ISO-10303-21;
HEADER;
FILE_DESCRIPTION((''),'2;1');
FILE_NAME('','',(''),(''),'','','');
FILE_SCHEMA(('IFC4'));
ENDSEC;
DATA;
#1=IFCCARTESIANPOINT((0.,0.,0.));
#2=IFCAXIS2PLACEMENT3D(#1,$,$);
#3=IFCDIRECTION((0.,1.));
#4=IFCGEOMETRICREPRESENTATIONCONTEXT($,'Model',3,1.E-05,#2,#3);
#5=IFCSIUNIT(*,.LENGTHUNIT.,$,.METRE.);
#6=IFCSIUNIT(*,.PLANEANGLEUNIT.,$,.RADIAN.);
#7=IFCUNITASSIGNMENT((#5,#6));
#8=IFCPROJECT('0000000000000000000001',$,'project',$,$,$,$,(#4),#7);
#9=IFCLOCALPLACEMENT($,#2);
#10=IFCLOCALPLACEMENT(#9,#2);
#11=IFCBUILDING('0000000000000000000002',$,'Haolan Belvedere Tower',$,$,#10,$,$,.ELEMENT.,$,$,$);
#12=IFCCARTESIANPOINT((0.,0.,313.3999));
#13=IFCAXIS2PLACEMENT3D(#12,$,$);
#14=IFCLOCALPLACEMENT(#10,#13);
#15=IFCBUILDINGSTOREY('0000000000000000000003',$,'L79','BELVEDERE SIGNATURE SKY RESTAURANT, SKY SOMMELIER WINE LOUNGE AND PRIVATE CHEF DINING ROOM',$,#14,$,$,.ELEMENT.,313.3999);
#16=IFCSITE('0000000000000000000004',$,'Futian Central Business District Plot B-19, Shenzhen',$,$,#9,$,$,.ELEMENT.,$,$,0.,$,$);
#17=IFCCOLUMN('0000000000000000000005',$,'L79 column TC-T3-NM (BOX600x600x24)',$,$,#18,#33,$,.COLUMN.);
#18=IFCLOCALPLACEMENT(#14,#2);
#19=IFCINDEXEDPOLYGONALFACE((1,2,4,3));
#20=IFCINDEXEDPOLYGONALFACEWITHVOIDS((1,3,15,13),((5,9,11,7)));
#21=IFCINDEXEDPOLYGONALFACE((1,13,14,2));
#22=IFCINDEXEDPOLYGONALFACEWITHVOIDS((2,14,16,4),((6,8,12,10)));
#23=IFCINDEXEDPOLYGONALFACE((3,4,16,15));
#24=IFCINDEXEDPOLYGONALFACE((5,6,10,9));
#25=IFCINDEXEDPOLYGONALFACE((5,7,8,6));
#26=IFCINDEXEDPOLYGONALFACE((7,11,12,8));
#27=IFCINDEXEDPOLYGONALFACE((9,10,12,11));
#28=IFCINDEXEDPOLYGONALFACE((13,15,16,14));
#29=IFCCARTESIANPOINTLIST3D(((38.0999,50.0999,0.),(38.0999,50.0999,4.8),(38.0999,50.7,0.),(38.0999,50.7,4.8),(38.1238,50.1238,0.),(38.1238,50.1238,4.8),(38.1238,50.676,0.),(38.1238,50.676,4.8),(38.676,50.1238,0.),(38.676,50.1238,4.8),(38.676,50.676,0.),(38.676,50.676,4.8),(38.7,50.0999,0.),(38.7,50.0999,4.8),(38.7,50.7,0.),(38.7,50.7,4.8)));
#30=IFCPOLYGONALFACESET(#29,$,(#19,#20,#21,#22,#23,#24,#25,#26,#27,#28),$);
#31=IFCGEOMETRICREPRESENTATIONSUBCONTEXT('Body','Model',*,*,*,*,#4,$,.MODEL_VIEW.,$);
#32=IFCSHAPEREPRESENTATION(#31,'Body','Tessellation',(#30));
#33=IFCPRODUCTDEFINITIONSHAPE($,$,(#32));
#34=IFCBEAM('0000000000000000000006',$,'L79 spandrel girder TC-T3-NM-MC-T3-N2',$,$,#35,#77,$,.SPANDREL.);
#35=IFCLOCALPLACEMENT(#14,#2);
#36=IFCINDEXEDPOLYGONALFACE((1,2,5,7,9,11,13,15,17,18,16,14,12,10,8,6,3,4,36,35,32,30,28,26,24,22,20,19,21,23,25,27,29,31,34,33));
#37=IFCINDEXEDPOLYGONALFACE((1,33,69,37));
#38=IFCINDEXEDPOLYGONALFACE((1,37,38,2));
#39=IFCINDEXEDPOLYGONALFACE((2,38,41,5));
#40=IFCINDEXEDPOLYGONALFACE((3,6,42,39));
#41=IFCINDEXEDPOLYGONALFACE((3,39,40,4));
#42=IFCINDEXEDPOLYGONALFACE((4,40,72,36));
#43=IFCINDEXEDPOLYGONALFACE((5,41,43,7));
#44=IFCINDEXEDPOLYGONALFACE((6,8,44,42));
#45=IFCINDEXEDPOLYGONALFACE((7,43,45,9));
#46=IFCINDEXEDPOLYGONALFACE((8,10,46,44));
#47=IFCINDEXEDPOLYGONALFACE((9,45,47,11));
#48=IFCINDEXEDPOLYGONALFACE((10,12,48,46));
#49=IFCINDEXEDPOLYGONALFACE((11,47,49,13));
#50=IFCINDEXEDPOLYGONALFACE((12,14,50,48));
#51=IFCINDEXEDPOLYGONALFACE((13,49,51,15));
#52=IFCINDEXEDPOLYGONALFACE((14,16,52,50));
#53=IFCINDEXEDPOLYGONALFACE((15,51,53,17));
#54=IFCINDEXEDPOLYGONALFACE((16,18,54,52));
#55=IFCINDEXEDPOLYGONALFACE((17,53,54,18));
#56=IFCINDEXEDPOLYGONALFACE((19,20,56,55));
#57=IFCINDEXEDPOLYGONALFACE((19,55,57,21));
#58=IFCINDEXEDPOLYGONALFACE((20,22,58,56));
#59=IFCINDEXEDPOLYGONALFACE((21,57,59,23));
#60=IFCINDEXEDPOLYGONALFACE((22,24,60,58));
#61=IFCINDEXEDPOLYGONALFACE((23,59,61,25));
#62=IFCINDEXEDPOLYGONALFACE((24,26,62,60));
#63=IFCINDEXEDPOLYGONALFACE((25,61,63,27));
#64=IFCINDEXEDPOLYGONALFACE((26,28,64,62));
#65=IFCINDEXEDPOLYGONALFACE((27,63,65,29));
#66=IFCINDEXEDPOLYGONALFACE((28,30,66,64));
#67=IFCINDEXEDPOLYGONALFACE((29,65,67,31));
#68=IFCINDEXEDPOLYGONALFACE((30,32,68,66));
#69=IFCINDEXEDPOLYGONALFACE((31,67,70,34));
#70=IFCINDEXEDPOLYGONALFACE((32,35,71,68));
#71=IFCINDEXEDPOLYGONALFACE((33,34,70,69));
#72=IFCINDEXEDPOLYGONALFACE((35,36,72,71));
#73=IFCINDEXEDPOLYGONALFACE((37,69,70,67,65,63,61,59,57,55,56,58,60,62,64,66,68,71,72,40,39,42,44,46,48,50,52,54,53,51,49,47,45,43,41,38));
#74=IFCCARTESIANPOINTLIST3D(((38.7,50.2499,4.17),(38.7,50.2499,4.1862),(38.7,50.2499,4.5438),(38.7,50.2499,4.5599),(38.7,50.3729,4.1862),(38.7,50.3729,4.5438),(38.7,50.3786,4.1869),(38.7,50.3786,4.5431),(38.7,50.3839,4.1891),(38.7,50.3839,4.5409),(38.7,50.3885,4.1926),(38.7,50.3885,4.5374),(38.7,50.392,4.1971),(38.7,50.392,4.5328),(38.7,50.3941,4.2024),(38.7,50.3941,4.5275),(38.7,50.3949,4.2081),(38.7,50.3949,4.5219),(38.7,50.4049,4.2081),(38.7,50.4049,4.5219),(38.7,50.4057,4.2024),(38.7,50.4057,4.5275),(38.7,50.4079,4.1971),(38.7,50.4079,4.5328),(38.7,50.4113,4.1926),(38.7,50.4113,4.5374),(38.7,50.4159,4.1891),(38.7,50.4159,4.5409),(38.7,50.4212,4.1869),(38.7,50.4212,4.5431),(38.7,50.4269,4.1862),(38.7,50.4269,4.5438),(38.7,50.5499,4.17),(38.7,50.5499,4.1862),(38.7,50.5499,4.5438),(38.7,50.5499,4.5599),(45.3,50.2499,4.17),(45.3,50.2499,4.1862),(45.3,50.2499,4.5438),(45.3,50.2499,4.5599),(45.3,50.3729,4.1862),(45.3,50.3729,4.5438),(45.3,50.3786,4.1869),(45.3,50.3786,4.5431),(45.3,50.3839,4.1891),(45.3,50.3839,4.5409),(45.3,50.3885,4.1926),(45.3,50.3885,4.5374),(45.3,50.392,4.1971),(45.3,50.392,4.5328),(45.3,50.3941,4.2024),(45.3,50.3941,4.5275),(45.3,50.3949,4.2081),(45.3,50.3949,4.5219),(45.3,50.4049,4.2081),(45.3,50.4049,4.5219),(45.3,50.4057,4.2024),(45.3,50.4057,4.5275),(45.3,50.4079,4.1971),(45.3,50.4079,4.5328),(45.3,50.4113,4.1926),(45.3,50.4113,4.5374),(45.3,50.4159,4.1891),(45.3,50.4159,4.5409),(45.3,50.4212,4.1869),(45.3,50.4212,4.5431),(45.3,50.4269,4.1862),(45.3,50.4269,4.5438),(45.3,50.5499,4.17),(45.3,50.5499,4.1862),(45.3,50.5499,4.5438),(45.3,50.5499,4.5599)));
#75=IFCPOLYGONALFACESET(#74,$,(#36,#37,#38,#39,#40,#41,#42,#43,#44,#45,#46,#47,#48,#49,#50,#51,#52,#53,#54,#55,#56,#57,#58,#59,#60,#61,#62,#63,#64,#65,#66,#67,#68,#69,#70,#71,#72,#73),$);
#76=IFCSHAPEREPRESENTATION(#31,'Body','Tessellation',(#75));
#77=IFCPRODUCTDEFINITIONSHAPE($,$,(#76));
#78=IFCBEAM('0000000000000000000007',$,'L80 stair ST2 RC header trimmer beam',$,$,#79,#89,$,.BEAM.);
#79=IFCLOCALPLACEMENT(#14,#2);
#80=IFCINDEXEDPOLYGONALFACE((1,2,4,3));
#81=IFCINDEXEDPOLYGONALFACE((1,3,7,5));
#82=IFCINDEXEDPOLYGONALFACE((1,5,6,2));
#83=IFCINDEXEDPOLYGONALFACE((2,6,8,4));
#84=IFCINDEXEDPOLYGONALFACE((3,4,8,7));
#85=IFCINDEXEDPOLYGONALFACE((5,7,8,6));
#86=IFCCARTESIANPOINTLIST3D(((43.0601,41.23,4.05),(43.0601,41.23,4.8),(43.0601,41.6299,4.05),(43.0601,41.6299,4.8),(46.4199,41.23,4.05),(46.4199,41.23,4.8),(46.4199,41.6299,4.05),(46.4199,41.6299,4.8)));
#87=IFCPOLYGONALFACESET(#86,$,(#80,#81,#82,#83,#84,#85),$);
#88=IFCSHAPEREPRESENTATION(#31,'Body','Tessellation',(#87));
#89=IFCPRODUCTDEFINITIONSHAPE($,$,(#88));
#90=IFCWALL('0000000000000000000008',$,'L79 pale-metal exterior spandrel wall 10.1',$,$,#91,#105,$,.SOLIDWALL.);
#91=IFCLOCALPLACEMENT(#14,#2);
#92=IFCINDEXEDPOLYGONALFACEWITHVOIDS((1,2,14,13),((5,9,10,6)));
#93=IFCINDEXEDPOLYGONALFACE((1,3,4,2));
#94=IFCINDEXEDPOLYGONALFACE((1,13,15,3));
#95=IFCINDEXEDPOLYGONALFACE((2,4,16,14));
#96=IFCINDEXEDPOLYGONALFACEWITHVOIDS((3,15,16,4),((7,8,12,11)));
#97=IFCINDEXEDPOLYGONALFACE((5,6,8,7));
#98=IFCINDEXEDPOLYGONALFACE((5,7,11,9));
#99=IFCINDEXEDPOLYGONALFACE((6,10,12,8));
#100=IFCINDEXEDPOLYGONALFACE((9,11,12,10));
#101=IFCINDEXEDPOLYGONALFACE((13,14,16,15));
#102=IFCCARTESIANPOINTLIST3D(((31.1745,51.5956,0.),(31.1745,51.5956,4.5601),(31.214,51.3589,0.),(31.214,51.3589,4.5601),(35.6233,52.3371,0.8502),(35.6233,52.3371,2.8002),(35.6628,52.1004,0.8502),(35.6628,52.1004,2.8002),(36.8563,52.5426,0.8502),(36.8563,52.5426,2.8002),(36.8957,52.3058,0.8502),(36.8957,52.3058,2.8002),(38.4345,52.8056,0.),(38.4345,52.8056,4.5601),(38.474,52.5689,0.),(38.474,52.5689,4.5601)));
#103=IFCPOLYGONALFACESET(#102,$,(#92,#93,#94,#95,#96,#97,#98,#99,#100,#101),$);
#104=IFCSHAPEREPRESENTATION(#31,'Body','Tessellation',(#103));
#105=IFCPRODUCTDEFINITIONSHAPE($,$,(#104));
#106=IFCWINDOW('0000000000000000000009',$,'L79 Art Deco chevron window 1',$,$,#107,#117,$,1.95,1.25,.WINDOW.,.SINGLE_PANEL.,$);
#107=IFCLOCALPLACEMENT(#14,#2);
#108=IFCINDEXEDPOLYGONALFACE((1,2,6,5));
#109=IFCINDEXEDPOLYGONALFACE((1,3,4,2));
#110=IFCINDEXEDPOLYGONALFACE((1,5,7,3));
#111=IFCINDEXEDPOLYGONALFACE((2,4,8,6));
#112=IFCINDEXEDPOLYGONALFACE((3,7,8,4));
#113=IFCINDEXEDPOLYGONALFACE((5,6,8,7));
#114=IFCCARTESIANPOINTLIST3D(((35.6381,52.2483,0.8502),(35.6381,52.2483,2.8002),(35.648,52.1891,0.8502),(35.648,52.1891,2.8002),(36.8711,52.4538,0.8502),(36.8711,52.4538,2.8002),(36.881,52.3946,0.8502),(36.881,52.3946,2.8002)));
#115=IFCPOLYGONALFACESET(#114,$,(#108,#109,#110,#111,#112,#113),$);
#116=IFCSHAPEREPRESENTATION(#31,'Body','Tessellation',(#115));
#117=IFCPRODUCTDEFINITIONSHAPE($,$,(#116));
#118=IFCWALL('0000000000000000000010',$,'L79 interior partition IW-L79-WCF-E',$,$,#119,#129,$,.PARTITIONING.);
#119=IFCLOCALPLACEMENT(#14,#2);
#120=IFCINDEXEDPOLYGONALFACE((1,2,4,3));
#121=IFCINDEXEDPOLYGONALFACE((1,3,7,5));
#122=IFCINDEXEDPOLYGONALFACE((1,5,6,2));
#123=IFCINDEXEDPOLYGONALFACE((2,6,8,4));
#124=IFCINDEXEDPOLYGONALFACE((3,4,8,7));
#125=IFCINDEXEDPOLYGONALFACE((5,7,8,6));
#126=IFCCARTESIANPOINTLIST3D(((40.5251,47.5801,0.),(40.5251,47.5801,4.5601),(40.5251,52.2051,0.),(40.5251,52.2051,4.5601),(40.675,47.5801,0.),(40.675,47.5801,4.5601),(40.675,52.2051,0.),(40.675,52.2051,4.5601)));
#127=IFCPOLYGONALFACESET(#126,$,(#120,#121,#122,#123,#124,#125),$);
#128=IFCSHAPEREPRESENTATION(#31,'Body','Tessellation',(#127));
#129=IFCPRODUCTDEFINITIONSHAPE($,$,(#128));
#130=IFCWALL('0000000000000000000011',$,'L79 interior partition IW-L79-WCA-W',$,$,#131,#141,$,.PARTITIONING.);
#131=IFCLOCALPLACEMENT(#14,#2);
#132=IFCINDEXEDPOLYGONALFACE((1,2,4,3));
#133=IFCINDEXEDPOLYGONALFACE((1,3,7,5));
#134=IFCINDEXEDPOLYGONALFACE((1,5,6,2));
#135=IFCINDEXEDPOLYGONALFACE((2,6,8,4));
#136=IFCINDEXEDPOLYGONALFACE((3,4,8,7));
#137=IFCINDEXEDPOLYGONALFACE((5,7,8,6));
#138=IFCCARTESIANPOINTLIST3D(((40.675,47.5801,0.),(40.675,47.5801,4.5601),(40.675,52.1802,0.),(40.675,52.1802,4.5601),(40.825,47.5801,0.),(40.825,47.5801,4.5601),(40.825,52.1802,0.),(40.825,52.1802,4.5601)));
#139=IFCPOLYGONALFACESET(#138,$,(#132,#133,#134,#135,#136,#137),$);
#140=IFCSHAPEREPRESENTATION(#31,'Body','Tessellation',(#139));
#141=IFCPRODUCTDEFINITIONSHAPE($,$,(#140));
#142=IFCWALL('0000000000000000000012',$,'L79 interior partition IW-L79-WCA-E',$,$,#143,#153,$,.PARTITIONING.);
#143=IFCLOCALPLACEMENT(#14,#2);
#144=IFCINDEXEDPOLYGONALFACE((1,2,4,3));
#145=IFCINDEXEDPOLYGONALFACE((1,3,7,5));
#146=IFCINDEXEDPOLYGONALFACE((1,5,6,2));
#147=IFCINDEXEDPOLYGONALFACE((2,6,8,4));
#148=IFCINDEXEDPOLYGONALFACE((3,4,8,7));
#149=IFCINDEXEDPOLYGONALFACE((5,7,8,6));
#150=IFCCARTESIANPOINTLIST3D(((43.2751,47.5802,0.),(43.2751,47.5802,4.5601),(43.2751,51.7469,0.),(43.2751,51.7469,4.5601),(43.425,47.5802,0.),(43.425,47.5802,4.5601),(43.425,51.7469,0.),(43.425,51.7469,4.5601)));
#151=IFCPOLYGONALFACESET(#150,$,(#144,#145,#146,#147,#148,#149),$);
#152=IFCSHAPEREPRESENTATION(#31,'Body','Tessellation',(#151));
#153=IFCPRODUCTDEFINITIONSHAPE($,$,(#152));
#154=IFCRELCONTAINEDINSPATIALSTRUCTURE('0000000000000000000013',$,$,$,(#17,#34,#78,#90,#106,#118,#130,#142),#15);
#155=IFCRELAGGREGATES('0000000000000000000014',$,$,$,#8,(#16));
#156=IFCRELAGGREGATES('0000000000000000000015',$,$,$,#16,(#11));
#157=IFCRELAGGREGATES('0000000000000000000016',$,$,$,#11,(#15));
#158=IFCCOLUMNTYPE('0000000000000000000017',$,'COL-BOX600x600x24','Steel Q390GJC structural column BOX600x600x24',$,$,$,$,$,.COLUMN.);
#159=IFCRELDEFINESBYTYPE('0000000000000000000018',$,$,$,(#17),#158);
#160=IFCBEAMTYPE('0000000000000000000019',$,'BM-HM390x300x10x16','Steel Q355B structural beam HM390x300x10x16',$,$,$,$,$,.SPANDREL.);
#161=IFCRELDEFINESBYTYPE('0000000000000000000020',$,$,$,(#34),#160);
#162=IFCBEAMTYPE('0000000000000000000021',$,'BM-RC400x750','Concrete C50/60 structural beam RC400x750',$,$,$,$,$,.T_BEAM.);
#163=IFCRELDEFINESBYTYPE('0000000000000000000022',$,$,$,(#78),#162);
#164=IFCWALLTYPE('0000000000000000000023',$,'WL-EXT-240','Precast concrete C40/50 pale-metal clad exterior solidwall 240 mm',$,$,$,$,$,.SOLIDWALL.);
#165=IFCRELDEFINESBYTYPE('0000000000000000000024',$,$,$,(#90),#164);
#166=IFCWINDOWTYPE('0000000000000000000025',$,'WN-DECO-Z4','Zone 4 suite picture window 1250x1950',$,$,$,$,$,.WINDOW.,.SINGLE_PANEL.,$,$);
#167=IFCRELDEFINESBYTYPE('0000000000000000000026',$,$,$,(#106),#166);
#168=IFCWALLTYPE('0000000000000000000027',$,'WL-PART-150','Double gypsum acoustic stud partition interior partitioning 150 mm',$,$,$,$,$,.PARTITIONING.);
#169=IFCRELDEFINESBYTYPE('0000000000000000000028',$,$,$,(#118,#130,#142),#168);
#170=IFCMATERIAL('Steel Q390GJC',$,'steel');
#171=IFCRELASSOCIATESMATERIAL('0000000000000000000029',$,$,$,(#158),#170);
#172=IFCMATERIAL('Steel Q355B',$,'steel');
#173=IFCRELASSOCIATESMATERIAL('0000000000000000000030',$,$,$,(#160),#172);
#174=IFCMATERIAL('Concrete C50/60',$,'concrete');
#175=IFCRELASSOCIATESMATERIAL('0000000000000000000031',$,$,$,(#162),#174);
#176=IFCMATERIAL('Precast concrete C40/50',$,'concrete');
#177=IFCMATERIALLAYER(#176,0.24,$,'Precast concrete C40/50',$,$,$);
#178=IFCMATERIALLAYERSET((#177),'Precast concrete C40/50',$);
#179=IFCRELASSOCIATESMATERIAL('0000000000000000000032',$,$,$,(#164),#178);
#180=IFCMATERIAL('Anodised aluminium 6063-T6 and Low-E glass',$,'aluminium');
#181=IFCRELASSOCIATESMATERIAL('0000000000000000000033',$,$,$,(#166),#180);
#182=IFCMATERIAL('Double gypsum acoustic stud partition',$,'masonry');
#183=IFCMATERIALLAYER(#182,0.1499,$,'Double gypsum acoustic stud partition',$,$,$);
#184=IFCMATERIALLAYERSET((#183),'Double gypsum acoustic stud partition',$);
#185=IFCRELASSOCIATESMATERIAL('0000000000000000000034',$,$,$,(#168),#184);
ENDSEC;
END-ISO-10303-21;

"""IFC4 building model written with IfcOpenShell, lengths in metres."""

from ifc_helpers import new_model, si_unit, direction, frame, frame_2d, origin, origin_2d, place, context, subcontext, project, spatial, rectangle, hollow_rectangle, i_section, extrude, material, layer, layer_set, material_profile, profile_set, type_object, element, fill, save


model = new_model("IFC4")

# Units and contexts
model_context = context("Model", 3, precision=1e-05, world=origin(), true_north=direction((0.0, 1.0)))
body_context = subcontext(model_context, "Body", "Model", "MODEL_VIEW")
ifc_project = project(units=[si_unit("LENGTHUNIT", "METRE"), si_unit("PLANEANGLEUNIT", "RADIAN")], contexts=[model_context])

# Site, building, storey
site_placement = place(None, origin())
site = spatial("IfcSite", under=ifc_project, at=site_placement, Name="Futian Central Business District Plot B-19, Shenzhen", CompositionType="ELEMENT", RefElevation=0.0)
building_placement = place(site_placement, origin())
building = spatial("IfcBuilding", under=site, at=building_placement, Name="Haolan Belvedere Tower", CompositionType="ELEMENT")
storey_placement = place(building_placement, frame((0.0, 0.0, 313.3999)))
storey = spatial("IfcBuildingStorey", under=building, at=storey_placement, Name="L79", Description="BELVEDERE SIGNATURE SKY RESTAURANT, SKY SOMMELIER WINE LOUNGE AND PRIVATE CHEF DINING ROOM", CompositionType="ELEMENT", Elevation=313.3999)

# Column
ifc_material_1 = material(Name="Steel Q390GJC", Category="steel")
ifc_material_profile_1 = material_profile(ifc_material_1, hollow_rectangle(XDim=0.6001, YDim=0.6001, WallThickness=0.0239, at=origin_2d()), Name="Steel Q390GJC")
ifc_profile_set_1 = profile_set([ifc_material_profile_1], Name="Steel Q390GJC")
column_type = type_object("IfcColumnType", Name="COL-BOX600x600x24", Description="Steel Q390GJC structural column BOX600x600x24", PredefinedType="COLUMN", material=ifc_profile_set_1)
column_placement = place(storey_placement, frame((38.3999, 50.3999, 0.0), z_axis=(0.0, 0.0, 1.0), x_axis=(1.0, 0.0, 0.0)))
element("IfcColumn", 1, at=column_placement, inside=storey, type_object=column_type, Name="L79 column TC-T3-NM (BOX600x600x24)", PredefinedType="COLUMN", context=body_context, shape_type="SweptSolid", body=[
    extrude(hollow_rectangle(XDim=0.6001, YDim=0.6001, WallThickness=0.0239, at=origin_2d()), origin(), (0.0, 0.0, 1.0), 4.8),
])

# Beams
ifc_material_2 = material(Name="Steel Q355B", Category="steel")
ifc_material_profile_2 = material_profile(ifc_material_2, i_section(OverallWidth=0.3, OverallDepth=0.3899, WebThickness=0.01, FlangeThickness=0.0161, FilletRadius=0.022, at=origin_2d()), Name="Steel Q355B")
ifc_profile_set_2 = profile_set([ifc_material_profile_2], Name="Steel Q355B")
beam_type_1 = type_object("IfcBeamType", Name="BM-HM390x300x10x16", Description="Steel Q355B structural beam HM390x300x10x16", PredefinedType="SPANDREL", material=ifc_profile_set_2)
beam_1_placement = place(storey_placement, frame((38.7, 50.3999, 4.365), z_axis=(1.0, 0.0, 0.0), x_axis=(0.0, 1.0, 0.0)))
element("IfcBeam", 2, at=beam_1_placement, inside=storey, type_object=beam_type_1, Name="L79 spandrel girder TC-T3-NM-MC-T3-N2", PredefinedType="SPANDREL", context=body_context, shape_type="SweptSolid", body=[
    extrude(i_section(OverallWidth=0.3, OverallDepth=0.3899, WebThickness=0.01, FlangeThickness=0.0161, FilletRadius=0.022, at=origin_2d()), origin(), (0.0, 0.0, 1.0), 6.6001),
])
ifc_material_3 = material(Name="Concrete C50/60", Category="concrete")
ifc_material_profile_3 = material_profile(ifc_material_3, rectangle(XDim=0.3999, YDim=0.75, at=origin_2d()), Name="Concrete C50/60")
ifc_profile_set_3 = profile_set([ifc_material_profile_3], Name="Concrete C50/60")
beam_type_2 = type_object("IfcBeamType", Name="BM-RC400x750", Description="Concrete C50/60 structural beam RC400x750", PredefinedType="T_BEAM", material=ifc_profile_set_3)
beam_2_placement = place(storey_placement, frame((43.0601, 41.4299, 4.425), z_axis=(1.0, 0.0, 0.0), x_axis=(0.0, 1.0, 0.0)))
element("IfcBeam", 3, at=beam_2_placement, inside=storey, type_object=beam_type_2, Name="L80 stair ST2 RC header trimmer beam", PredefinedType="BEAM", context=body_context, shape_type="SweptSolid", body=[
    extrude(rectangle(XDim=0.3999, YDim=0.75, at=origin_2d()), origin(), (0.0, 0.0, 1.0), 3.3599),
])

# Wall, opening, window
ifc_material_4 = material(Name="Precast concrete C40/50", Category="concrete")
ifc_layer_1 = layer(ifc_material_4, 0.24, Name="Precast concrete C40/50")
ifc_layer_set_1 = layer_set([ifc_layer_1], Name="Precast concrete C40/50")
wall_type_1 = type_object("IfcWallType", Name="WL-EXT-240", Description="Precast concrete C40/50 pale-metal clad exterior solidwall 240 mm", PredefinedType="SOLIDWALL", material=ifc_layer_set_1)
wall_1_placement = place(storey_placement, frame((38.4543, 52.6873, 0.0), z_axis=(0.0, 0.0, 1.0), x_axis=(-0.986395, -0.164394, 0.0)))
wall_1 = element("IfcWall", 4, at=wall_1_placement, inside=storey, type_object=wall_type_1, Name="L79 pale-metal exterior spandrel wall 10.1", PredefinedType="SOLIDWALL", context=body_context, shape_type="SweptSolid", body=[
    extrude(rectangle(XDim=7.3601, YDim=0.24, at=frame_2d((3.6802, 0.0))), origin(), (0.0, 0.0, 1.0), 4.5601),
])
opening_1_placement = place(wall_1_placement, frame((1.6001, 0.0, 0.8501)))
opening_1 = element("IfcOpeningElement", 5, at=opening_1_placement, cuts=wall_1, PredefinedType="OPENING", context=body_context, shape_type="SweptSolid", body=[
    extrude(rectangle(XDim=1.25, YDim=1.95, at=frame_2d((0.625, 0.9751))), frame((0.0, 0.1299, 0.0), z_axis=(0.0, -1.0, 0.0), x_axis=(1.0, 0.0, 0.0)), (0.0, 0.0, 1.0), 0.26),
])
ifc_material_5 = material(Name="Anodised aluminium 6063-T6 and Low-E glass", Category="aluminium")
window_type = type_object("IfcWindowType", Name="WN-DECO-Z4", Description="Zone 4 suite picture window 1250x1950", PartitioningType="SINGLE_PANEL", PredefinedType="WINDOW", material=ifc_material_5)
window_placement = place(opening_1_placement, origin())
window = element("IfcWindow", 6, at=window_placement, inside=storey, type_object=window_type, Name="L79 Art Deco chevron window 1", OverallHeight=1.95, OverallWidth=1.25, PartitioningType="SINGLE_PANEL", PredefinedType="WINDOW", context=body_context, shape_type="SweptSolid", body=[
    extrude(rectangle(XDim=1.25, YDim=1.95, at=frame_2d((0.625, 0.9751))), frame((0.0, 0.03, 0.0), z_axis=(0.0, -1.0, 0.0), x_axis=(1.0, 0.0, 0.0)), (0.0, 0.0, 1.0), 0.0601),
])
fill(opening_1, window)

# Wall
ifc_material_6 = material(Name="Double gypsum acoustic stud partition", Category="masonry")
ifc_layer_2 = layer(ifc_material_6, 0.1499, Name="Double gypsum acoustic stud partition")
ifc_layer_set_2 = layer_set([ifc_layer_2], Name="Double gypsum acoustic stud partition")
wall_type_2 = type_object("IfcWallType", Name="WL-PART-150", Description="Double gypsum acoustic stud partition interior partitioning 150 mm", PredefinedType="PARTITIONING", material=ifc_layer_set_2)
wall_2_placement = place(storey_placement, frame((40.6001, 47.5801, 0.0), z_axis=(0.0, 0.0, 1.0), x_axis=(0.0, 1.0, 0.0)))
element("IfcWall", 7, at=wall_2_placement, inside=storey, type_object=wall_type_2, Name="L79 interior partition IW-L79-WCF-E", PredefinedType="PARTITIONING", context=body_context, shape_type="SweptSolid", body=[
    extrude(rectangle(XDim=4.625, YDim=0.1499, at=frame_2d((2.3125, 0.0))), origin(), (0.0, 0.0, 1.0), 4.5601),
])

# Walls
wall_3_placement = place(storey_placement, frame((40.75, 47.5801, 0.0), z_axis=(0.0, 0.0, 1.0), x_axis=(0.0, 1.0, 0.0)))
element("IfcWall", 8, at=wall_3_placement, inside=storey, type_object=wall_type_2, Name="L79 interior partition IW-L79-WCA-W", PredefinedType="PARTITIONING", context=body_context, shape_type="SweptSolid", body=[
    extrude(rectangle(XDim=4.6001, YDim=0.1499, at=frame_2d((2.3, 0.0))), origin(), (0.0, 0.0, 1.0), 4.5601),
])
wall_4_placement = place(storey_placement, frame((43.3501, 47.5801, 0.0), z_axis=(0.0, 0.0, 1.0), x_axis=(0.0, 1.0, 0.0)))
element("IfcWall", 9, at=wall_4_placement, inside=storey, type_object=wall_type_2, Name="L79 interior partition IW-L79-WCA-E", PredefinedType="PARTITIONING", context=body_context, shape_type="SweptSolid", body=[
    extrude(rectangle(XDim=4.1667, YDim=0.1499, at=frame_2d((2.0835, 0.0))), origin(), (0.0, 0.0, 1.0), 4.5601),
])

save(model, "model.ifc")
